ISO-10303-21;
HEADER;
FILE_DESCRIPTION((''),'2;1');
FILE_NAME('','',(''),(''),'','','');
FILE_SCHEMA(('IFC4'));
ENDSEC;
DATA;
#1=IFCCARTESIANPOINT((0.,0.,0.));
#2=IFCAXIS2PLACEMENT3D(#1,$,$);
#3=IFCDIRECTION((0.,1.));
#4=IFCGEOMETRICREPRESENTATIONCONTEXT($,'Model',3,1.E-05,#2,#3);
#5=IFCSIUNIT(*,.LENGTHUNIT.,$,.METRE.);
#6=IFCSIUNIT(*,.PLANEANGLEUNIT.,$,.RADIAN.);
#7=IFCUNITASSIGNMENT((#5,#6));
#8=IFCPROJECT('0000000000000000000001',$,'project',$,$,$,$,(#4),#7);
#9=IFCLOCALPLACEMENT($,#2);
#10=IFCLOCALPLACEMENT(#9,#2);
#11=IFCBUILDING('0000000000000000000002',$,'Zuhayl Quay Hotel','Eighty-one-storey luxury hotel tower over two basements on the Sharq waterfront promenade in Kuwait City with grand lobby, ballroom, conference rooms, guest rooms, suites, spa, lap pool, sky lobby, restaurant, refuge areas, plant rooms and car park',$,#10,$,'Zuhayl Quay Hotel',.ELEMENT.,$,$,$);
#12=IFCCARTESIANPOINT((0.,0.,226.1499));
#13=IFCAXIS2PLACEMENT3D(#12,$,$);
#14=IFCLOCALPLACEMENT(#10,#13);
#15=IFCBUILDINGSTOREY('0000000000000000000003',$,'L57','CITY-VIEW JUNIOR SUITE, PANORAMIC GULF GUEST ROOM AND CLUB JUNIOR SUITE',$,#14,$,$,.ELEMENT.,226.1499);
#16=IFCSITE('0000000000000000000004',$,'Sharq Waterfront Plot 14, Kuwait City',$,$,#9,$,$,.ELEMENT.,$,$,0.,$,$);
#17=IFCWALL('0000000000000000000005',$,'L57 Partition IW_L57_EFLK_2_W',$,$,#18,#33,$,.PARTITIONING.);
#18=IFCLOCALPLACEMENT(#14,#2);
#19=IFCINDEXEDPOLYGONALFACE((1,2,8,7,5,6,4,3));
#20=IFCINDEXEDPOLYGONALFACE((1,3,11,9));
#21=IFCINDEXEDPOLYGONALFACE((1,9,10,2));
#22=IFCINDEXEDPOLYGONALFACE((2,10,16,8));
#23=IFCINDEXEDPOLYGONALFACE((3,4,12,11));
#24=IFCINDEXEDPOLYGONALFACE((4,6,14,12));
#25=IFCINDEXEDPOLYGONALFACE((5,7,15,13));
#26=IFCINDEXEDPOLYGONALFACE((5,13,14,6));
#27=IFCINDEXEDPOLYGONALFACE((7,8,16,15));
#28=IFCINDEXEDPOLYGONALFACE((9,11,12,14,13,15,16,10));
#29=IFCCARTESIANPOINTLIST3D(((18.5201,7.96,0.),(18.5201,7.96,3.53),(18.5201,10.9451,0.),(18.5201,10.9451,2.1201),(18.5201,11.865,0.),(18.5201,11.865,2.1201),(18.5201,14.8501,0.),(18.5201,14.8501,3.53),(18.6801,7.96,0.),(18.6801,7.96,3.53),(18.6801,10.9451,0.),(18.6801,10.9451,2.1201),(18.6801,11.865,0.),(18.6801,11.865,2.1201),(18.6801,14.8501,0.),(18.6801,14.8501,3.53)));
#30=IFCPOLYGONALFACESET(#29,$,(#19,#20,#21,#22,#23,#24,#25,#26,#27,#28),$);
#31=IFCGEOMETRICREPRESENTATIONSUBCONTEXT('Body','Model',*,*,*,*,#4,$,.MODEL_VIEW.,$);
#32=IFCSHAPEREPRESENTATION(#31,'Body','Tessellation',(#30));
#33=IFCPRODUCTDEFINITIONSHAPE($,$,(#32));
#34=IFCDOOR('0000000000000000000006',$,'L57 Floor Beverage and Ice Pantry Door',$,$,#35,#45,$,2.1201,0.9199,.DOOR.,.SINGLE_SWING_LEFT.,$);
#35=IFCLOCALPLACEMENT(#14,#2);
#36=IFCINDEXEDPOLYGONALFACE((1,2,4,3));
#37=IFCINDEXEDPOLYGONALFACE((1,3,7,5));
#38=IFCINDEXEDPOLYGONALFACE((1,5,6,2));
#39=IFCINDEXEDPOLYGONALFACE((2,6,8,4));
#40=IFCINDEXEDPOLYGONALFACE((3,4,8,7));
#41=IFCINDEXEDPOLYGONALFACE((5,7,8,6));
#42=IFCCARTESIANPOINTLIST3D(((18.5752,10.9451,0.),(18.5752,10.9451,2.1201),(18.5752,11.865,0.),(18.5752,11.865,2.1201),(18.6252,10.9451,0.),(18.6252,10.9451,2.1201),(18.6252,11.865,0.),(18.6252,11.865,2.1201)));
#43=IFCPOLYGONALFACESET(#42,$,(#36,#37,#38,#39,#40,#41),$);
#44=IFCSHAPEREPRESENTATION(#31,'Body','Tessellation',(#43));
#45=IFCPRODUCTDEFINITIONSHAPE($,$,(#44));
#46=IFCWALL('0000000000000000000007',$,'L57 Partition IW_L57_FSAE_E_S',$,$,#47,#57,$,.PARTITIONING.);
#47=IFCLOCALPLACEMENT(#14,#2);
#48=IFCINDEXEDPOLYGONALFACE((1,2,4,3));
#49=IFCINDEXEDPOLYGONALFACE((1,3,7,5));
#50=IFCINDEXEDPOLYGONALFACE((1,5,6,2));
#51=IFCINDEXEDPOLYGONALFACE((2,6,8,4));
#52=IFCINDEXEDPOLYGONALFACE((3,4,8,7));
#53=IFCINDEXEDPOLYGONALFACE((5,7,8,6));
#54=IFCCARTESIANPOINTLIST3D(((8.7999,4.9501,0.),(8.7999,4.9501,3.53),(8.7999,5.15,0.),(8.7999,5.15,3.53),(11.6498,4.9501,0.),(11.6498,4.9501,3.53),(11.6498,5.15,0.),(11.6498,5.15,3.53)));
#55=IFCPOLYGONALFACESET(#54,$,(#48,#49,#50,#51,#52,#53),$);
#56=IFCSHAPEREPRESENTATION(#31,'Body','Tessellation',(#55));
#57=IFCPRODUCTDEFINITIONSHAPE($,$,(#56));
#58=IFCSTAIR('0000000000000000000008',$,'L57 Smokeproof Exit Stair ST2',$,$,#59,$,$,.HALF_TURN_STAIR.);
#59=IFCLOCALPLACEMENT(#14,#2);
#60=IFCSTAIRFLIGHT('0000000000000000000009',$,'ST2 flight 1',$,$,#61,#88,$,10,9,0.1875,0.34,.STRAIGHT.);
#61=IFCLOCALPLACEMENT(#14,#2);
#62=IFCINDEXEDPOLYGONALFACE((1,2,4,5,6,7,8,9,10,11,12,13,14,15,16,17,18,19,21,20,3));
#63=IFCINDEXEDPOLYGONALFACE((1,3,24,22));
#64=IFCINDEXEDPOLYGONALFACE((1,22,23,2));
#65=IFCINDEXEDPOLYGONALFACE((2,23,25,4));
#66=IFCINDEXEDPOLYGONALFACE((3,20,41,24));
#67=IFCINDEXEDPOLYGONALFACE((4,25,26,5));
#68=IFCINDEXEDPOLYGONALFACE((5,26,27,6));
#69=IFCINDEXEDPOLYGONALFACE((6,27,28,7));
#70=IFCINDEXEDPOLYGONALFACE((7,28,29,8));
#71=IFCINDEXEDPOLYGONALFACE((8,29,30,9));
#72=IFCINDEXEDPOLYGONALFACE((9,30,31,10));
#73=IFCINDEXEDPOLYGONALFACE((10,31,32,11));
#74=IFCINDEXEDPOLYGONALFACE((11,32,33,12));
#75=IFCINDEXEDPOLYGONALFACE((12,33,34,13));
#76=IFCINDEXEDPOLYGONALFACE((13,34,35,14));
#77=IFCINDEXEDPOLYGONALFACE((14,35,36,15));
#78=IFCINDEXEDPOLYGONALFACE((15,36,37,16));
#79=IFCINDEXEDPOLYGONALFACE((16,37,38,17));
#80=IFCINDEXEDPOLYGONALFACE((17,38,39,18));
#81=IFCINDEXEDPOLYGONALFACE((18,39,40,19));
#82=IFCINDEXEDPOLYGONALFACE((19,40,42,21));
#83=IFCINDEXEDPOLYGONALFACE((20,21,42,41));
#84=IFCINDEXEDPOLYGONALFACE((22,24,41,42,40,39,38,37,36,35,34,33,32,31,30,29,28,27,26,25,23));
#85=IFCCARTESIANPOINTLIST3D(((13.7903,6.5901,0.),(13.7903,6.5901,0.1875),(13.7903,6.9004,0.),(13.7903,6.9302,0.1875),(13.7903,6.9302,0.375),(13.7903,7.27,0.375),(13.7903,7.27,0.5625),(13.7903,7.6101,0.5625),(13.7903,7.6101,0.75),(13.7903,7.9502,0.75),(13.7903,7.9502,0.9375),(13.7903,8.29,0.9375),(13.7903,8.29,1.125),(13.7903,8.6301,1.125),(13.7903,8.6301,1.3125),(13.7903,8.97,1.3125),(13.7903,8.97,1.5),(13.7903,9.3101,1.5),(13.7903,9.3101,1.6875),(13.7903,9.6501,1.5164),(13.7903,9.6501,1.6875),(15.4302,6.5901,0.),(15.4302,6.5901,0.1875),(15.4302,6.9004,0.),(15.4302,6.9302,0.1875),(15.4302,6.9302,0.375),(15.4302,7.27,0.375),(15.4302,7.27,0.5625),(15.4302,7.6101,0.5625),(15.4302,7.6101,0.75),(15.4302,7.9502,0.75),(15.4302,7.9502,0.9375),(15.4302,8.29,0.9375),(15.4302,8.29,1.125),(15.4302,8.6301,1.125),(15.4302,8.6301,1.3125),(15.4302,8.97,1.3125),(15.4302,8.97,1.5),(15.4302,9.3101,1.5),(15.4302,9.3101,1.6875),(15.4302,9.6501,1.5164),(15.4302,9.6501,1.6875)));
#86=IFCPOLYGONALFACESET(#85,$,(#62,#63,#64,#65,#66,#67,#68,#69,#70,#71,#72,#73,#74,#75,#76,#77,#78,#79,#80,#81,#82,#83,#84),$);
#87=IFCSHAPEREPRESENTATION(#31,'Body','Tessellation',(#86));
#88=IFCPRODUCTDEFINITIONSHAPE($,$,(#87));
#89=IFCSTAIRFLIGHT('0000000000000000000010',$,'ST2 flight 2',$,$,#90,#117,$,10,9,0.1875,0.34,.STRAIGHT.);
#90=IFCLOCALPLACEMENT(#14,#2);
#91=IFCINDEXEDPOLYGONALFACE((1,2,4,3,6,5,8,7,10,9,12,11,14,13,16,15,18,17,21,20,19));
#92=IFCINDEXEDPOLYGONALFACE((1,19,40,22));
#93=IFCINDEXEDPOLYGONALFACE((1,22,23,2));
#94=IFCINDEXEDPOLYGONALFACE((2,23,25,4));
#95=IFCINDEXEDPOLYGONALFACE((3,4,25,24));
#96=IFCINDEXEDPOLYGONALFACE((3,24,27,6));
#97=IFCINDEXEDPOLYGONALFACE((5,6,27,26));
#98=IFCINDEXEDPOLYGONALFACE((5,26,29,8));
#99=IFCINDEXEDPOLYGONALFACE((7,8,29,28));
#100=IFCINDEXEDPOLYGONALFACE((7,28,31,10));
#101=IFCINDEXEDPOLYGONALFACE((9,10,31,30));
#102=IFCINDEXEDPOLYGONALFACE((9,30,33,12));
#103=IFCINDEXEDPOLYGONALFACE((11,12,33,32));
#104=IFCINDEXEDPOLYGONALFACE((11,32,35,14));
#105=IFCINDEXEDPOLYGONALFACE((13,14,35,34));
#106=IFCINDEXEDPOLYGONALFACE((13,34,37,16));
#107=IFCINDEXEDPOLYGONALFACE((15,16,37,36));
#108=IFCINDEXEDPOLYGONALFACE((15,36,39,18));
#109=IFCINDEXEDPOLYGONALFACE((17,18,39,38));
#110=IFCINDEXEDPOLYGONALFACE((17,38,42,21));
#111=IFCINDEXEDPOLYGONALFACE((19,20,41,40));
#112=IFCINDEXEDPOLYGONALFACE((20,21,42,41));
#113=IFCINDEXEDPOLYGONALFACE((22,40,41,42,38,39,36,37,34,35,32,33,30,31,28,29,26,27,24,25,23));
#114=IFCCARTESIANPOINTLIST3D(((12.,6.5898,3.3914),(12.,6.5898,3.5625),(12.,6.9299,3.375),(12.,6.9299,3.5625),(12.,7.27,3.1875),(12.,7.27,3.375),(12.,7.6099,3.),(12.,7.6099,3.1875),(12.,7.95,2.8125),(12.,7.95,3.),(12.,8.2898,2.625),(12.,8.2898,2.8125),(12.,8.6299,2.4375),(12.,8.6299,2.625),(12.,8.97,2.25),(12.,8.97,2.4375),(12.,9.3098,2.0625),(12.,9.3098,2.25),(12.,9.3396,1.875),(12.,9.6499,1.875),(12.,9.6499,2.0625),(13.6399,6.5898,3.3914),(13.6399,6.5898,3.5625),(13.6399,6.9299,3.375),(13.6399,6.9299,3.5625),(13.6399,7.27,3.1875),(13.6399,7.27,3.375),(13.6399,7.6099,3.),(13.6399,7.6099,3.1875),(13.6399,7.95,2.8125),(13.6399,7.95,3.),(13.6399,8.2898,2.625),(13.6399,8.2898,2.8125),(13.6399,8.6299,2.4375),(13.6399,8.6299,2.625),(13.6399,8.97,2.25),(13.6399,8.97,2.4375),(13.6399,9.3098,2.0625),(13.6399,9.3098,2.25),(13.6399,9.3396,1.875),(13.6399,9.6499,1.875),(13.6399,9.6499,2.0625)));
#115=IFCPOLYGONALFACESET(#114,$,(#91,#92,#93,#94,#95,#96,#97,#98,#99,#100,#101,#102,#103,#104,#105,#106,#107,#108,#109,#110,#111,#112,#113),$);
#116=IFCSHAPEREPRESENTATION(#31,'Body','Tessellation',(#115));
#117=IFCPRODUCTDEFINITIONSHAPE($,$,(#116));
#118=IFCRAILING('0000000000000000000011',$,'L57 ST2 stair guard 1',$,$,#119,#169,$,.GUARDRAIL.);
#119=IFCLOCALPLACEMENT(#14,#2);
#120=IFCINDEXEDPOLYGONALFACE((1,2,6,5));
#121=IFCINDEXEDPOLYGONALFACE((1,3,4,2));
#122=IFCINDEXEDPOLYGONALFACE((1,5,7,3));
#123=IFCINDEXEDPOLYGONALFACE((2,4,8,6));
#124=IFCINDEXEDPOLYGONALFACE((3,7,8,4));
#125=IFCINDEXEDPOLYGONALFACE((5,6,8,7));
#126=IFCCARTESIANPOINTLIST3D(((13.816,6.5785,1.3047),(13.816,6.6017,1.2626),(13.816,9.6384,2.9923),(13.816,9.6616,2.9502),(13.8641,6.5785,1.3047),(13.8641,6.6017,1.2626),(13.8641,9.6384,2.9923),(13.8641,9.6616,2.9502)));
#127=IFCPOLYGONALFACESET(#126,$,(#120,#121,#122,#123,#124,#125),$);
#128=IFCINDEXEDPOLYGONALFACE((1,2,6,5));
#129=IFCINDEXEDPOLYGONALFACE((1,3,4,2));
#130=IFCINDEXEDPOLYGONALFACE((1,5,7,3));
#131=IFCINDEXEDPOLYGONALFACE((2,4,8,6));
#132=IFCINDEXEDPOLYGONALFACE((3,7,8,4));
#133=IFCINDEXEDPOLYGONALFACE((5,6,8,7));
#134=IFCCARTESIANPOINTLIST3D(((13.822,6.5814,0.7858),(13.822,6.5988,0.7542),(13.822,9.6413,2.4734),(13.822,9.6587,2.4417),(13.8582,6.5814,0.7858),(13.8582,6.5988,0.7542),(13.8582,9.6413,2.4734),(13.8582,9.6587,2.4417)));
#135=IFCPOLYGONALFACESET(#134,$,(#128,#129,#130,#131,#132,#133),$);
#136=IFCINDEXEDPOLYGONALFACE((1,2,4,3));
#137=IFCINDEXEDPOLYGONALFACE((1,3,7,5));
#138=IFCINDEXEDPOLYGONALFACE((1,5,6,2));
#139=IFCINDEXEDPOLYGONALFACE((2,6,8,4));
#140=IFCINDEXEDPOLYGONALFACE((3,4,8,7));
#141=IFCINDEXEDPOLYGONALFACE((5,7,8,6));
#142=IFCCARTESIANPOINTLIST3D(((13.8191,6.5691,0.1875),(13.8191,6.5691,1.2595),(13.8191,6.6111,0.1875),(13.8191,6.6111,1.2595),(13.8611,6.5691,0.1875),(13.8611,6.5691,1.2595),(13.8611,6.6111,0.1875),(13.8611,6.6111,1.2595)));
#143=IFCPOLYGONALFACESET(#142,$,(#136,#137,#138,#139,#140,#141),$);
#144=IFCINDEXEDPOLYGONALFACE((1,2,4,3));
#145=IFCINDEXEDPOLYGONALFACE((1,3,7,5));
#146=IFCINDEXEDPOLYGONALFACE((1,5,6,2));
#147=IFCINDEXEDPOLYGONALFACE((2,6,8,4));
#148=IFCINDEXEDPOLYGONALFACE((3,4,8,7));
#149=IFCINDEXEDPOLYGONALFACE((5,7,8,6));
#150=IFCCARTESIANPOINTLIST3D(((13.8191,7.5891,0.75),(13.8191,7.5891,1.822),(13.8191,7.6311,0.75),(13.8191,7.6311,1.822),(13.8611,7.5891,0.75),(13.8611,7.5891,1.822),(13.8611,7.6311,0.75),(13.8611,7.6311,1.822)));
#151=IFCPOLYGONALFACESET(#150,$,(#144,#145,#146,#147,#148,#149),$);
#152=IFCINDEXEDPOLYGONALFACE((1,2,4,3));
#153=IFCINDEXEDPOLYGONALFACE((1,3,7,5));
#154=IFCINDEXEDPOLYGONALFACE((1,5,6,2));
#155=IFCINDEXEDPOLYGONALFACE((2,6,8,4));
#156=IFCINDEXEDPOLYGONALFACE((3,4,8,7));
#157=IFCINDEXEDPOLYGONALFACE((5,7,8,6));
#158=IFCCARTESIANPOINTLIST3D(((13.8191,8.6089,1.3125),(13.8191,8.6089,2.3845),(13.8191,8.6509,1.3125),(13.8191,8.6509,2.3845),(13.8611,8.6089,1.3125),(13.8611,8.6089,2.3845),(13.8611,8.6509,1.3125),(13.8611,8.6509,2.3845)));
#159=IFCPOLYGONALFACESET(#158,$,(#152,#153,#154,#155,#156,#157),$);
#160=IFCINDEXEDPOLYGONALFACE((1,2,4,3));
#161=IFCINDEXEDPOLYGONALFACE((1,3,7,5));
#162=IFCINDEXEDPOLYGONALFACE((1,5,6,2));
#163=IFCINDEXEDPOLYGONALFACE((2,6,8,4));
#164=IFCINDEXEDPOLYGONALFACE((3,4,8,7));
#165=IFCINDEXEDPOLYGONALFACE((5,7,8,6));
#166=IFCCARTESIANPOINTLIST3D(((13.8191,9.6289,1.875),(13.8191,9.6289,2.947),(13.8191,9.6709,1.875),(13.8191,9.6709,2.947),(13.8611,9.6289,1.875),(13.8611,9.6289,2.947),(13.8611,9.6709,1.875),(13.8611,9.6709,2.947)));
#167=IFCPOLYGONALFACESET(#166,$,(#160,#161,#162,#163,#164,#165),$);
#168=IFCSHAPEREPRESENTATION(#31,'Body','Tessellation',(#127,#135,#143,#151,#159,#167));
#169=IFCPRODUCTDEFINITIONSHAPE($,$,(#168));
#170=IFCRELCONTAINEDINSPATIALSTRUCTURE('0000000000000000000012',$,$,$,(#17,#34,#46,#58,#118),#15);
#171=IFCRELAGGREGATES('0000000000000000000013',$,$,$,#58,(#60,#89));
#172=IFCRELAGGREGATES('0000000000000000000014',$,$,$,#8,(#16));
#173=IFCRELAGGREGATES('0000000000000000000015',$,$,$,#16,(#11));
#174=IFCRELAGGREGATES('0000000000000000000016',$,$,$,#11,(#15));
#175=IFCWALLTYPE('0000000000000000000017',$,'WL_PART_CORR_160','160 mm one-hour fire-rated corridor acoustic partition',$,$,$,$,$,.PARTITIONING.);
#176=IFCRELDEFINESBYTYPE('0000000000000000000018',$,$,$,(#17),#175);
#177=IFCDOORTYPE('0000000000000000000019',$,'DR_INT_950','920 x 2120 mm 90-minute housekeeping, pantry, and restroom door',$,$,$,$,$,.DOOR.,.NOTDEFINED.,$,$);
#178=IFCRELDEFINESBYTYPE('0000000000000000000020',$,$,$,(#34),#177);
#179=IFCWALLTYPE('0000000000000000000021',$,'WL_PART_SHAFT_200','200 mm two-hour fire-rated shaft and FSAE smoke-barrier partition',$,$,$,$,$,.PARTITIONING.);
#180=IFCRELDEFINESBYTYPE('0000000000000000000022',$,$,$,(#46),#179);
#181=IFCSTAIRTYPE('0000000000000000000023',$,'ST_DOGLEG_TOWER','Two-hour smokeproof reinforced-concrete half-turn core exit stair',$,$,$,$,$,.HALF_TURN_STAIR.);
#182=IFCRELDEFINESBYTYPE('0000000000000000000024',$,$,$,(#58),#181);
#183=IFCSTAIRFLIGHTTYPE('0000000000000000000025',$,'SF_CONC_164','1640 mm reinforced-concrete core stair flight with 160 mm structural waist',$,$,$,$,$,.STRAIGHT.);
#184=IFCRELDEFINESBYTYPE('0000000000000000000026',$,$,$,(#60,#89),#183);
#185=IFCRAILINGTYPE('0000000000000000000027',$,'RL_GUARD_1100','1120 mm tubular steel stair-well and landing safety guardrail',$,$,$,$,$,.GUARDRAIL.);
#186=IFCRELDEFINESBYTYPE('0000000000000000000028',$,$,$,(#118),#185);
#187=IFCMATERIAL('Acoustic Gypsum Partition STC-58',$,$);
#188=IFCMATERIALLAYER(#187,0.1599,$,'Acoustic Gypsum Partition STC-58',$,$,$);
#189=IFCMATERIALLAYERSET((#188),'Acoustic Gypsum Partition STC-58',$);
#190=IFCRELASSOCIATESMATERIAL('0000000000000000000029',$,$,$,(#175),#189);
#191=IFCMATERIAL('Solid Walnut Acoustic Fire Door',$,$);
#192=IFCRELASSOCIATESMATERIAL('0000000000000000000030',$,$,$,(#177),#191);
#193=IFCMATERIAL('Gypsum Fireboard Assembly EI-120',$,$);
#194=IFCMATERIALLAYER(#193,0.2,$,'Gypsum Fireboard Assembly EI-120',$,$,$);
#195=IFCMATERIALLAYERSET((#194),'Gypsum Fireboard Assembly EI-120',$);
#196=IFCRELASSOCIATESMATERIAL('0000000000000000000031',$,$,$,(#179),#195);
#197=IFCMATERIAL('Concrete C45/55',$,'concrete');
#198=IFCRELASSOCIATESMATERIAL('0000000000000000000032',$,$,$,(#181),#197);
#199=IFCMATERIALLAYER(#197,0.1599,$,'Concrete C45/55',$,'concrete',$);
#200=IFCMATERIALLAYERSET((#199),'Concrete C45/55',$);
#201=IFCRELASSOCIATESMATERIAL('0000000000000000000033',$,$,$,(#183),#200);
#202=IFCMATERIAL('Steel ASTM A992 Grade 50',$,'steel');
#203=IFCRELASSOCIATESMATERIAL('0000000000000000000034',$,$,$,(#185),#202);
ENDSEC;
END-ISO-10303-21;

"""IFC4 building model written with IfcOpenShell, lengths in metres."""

from ifc_helpers import new_model, si_unit, direction, frame, frame_2d, origin, origin_2d, place, context, subcontext, project, spatial, polyline, rectangle, outline, extrude, material, layer, layer_set, type_object, element, fill, aggregate, save


model = new_model("IFC4")

# Units and contexts
model_context = context("Model", 3, precision=1e-05, world=origin(), true_north=direction((0.0, 1.0)))
body_context = subcontext(model_context, "Body", "Model", "MODEL_VIEW")
ifc_project = project(units=[si_unit("LENGTHUNIT", "METRE"), si_unit("PLANEANGLEUNIT", "RADIAN")], contexts=[model_context])

# Site, building, storey
site_placement = place(None, origin())
site = spatial("IfcSite", under=ifc_project, at=site_placement, Name="Sharq Waterfront Plot 14, Kuwait City", CompositionType="ELEMENT", RefElevation=0.0)
building_placement = place(site_placement, origin())
building = spatial("IfcBuilding", under=site, at=building_placement, Name="Zuhayl Quay Hotel", Description="Eighty-one-storey luxury hotel tower over two basements on the Sharq waterfront promenade in Kuwait City with grand lobby, ballroom, conference rooms, guest rooms, suites, spa, lap pool, sky lobby, restaurant, refuge areas, plant rooms and car park", LongName="Zuhayl Quay Hotel", CompositionType="ELEMENT")
storey_placement = place(building_placement, frame((0.0, 0.0, 226.1499)))
storey = spatial("IfcBuildingStorey", under=building, at=storey_placement, Name="L57", Description="CITY-VIEW JUNIOR SUITE, PANORAMIC GULF GUEST ROOM AND CLUB JUNIOR SUITE", CompositionType="ELEMENT", Elevation=226.1499)

# Shared definitions
ifc_material_1 = material(Name="Acoustic Gypsum Partition STC-58")

# Wall, opening, door
ifc_layer_1 = layer(ifc_material_1, 0.1599, Name="Acoustic Gypsum Partition STC-58")
ifc_layer_set_1 = layer_set([ifc_layer_1], Name="Acoustic Gypsum Partition STC-58")
wall_type_1 = type_object("IfcWallType", Name="WL_PART_CORR_160", Description="160 mm one-hour fire-rated corridor acoustic partition", PredefinedType="PARTITIONING", material=ifc_layer_set_1)
ifc_material_2 = material(Name="Solid Walnut Acoustic Fire Door")
door_type_1 = type_object("IfcDoorType", Name="DR_INT_950", Description="920 x 2120 mm 90-minute housekeeping, pantry, and restroom door", OperationType="NOTDEFINED", PredefinedType="DOOR", material=ifc_material_2)
wall_1_placement = place(storey_placement, frame((18.6001, 7.96, 0.0), z_axis=(0.0, 0.0, 1.0), x_axis=(0.0, 1.0, 0.0)))
wall_1 = element("IfcWall", 1, at=wall_1_placement, inside=storey, type_object=wall_type_1, Name="L57 Partition IW_L57_EFLK_2_W", PredefinedType="PARTITIONING", context=body_context, shape_type="SweptSolid", body=[
    extrude(rectangle(XDim=6.8901, YDim=0.1599, at=frame_2d((3.4451, 0.0))), origin(), (0.0, 0.0, 1.0), 3.53),
])
opening_1_placement = place(wall_1_placement, frame((2.9851, 0.0, 0.0)))
opening_1 = element("IfcOpeningElement", 2, at=opening_1_placement, cuts=wall_1, PredefinedType="OPENING", context=body_context, shape_type="SweptSolid", body=[
    extrude(rectangle(XDim=0.9199, YDim=2.1201, at=frame_2d((0.46, 1.0601))), frame((0.0, 0.0898, 0.0), z_axis=(0.0, -1.0, 0.0), x_axis=(1.0, 0.0, 0.0)), (0.0, 0.0, 1.0), 0.1799),
])
door_1_placement = place(opening_1_placement, origin())
door_1 = element("IfcDoor", 3, at=door_1_placement, inside=storey, type_object=door_type_1, Name="L57 Floor Beverage and Ice Pantry Door", OperationType="SINGLE_SWING_LEFT", OverallHeight=2.1201, OverallWidth=0.9199, PredefinedType="DOOR", context=body_context, shape_type="SweptSolid", body=[
    extrude(rectangle(XDim=0.9199, YDim=2.1201, at=frame_2d((0.46, 1.0601))), frame((0.0, 0.0249, 0.0), z_axis=(0.0, -1.0, 0.0), x_axis=(1.0, 0.0, 0.0)), (0.0, 0.0, 1.0), 0.05),
])
fill(opening_1, door_1)

# Wall
ifc_material_3 = material(Name="Gypsum Fireboard Assembly EI-120")
ifc_layer_2 = layer(ifc_material_3, 0.2, Name="Gypsum Fireboard Assembly EI-120")
ifc_layer_set_2 = layer_set([ifc_layer_2], Name="Gypsum Fireboard Assembly EI-120")
wall_type_2 = type_object("IfcWallType", Name="WL_PART_SHAFT_200", Description="200 mm two-hour fire-rated shaft and FSAE smoke-barrier partition", PredefinedType="PARTITIONING", material=ifc_layer_set_2)
wall_2_placement = place(storey_placement, frame((8.8, 5.05, 0.0), z_axis=(0.0, 0.0, 1.0), x_axis=(1.0, 0.0, 0.0)))
element("IfcWall", 4, at=wall_2_placement, inside=storey, type_object=wall_type_2, Name="L57 Partition IW_L57_FSAE_E_S", PredefinedType="PARTITIONING", context=body_context, shape_type="SweptSolid", body=[
    extrude(rectangle(XDim=2.8499, YDim=0.2, at=frame_2d((1.4248, 0.0))), origin(), (0.0, 0.0, 1.0), 3.53),
])

# Stair, stair flights
ifc_material_4 = material(Name="Concrete C45/55", Category="concrete")
stair_type = type_object("IfcStairType", Name="ST_DOGLEG_TOWER", Description="Two-hour smokeproof reinforced-concrete half-turn core exit stair", PredefinedType="HALF_TURN_STAIR", material=ifc_material_4)
stair_placement = place(storey_placement, origin())
stair = element("IfcStair", 5, at=stair_placement, inside=storey, type_object=stair_type, Name="L57 Smokeproof Exit Stair ST2", PredefinedType="HALF_TURN_STAIR")
ifc_layer_3 = layer(ifc_material_4, 0.1599, Name="Concrete C45/55", Category="concrete")
ifc_layer_set_3 = layer_set([ifc_layer_3], Name="Concrete C45/55")
stair_flight_type = type_object("IfcStairFlightType", Name="SF_CONC_164", Description="1640 mm reinforced-concrete core stair flight with 160 mm structural waist", PredefinedType="STRAIGHT", material=ifc_layer_set_3)
stair_flight_1_placement = place(storey_placement, frame((14.6101, 6.5901, 0.0), z_axis=(0.0, 0.0, 1.0), x_axis=(0.0, 1.0, 0.0)))
stair_flight_1 = element("IfcStairFlight", 6, at=stair_flight_1_placement, type_object=stair_flight_type, Name="ST2 flight 1", NumberOfRisers=10, NumberOfTreads=9, PredefinedType="STRAIGHT", RiserHeight=0.1875, TreadLength=0.34, context=body_context, shape_type="SweptSolid", body=[
    extrude(outline(polyline([(0.0, 0.0), (0.0, 0.1875), (0.3401, 0.1875), (0.3401, 0.375), (0.6799, 0.375), (0.6799, 0.5625), (1.02, 0.5625), (1.02, 0.75), (1.3601, 0.75), (1.3601, 0.9375), (1.7, 0.9375), (1.7, 1.125), (2.04, 1.125), (2.04, 1.3125), (2.3799, 1.3125), (2.3799, 1.5), (2.72, 1.5), (2.72, 1.6875), (3.0601, 1.6875), (3.0601, 1.875), (3.0601, 1.5164), (0.3103, 0.0), (0.0, 0.0)])), frame((0.0, 0.8198, 0.0), z_axis=(0.0, -1.0, 0.0), x_axis=(1.0, 0.0, 0.0)), (0.0, 0.0, 1.0), 1.6399),
])
stair_flight_2_placement = place(storey_placement, frame((12.8201, 9.6499, 1.875), z_axis=(0.0, 0.0, 1.0), x_axis=(0.0, -1.0, 0.0)))
stair_flight_2 = element("IfcStairFlight", 7, at=stair_flight_2_placement, type_object=stair_flight_type, Name="ST2 flight 2", NumberOfRisers=10, NumberOfTreads=9, PredefinedType="STRAIGHT", RiserHeight=0.1875, TreadLength=0.34, context=body_context, shape_type="SweptSolid", body=[
    extrude(outline(polyline([(0.0, 0.0), (0.0, 0.1875), (0.3401, 0.1875), (0.3401, 0.375), (0.6799, 0.375), (0.6799, 0.5625), (1.02, 0.5625), (1.02, 0.75), (1.3601, 0.75), (1.3601, 0.9375), (1.7, 0.9375), (1.7, 1.125), (2.04, 1.125), (2.04, 1.3125), (2.3799, 1.3125), (2.3799, 1.5), (2.72, 1.5), (2.72, 1.6875), (3.0601, 1.6875), (3.0601, 1.875), (3.0601, 1.5164), (0.3103, 0.0), (0.0, 0.0)])), frame((0.0, 0.8198, 0.0), z_axis=(0.0, -1.0, 0.0), x_axis=(1.0, 0.0, 0.0)), (0.0, 0.0, 1.0), 1.6399),
])
aggregate(stair, [stair_flight_1, stair_flight_2])

# Railing
ifc_material_5 = material(Name="Steel ASTM A992 Grade 50", Category="steel")
railing_type_1 = type_object("IfcRailingType", Name="RL_GUARD_1100", Description="1120 mm tubular steel stair-well and landing safety guardrail", PredefinedType="GUARDRAIL", material=ifc_material_5)
railing_1_placement = place(storey_placement, frame((13.8401, 6.5901, 0.1875)))
element("IfcRailing", 8, at=railing_1_placement, inside=storey, type_object=railing_type_1, Name="L57 ST2 stair guard 1", PredefinedType="GUARDRAIL", context=body_context, shape_type="SweptSolid", body=[
    extrude(rectangle(XDim=0.0481, YDim=0.0481, at=origin_2d()), frame((0.0, 0.0, 1.0962), z_axis=(0.0, 0.875659, 0.48293), x_axis=(-1.0, 0.0, 0.0)), (0.0, 0.0, 1.0), 3.4944),
    extrude(rectangle(XDim=0.0361, YDim=0.0361, at=origin_2d()), frame((0.0, 0.0, 0.5825), z_axis=(0.0, 0.875659, 0.48293), x_axis=(-1.0, 0.0, 0.0)), (0.0, 0.0, 1.0), 3.4944),
    extrude(rectangle(XDim=0.042, YDim=0.042, at=origin_2d()), origin(), (0.0, 0.0, 1.0), 1.072),
    extrude(rectangle(XDim=0.042, YDim=0.042, at=origin_2d()), frame((0.0, 1.02, 0.5625)), (0.0, 0.0, 1.0), 1.072),
    extrude(rectangle(XDim=0.042, YDim=0.042, at=origin_2d()), frame((0.0, 2.0398, 1.125)), (0.0, 0.0, 1.0), 1.072),
    extrude(rectangle(XDim=0.042, YDim=0.042, at=origin_2d()), frame((0.0, 3.0598, 1.6875)), (0.0, 0.0, 1.0), 1.072),
])

save(model, "model.ifc")
